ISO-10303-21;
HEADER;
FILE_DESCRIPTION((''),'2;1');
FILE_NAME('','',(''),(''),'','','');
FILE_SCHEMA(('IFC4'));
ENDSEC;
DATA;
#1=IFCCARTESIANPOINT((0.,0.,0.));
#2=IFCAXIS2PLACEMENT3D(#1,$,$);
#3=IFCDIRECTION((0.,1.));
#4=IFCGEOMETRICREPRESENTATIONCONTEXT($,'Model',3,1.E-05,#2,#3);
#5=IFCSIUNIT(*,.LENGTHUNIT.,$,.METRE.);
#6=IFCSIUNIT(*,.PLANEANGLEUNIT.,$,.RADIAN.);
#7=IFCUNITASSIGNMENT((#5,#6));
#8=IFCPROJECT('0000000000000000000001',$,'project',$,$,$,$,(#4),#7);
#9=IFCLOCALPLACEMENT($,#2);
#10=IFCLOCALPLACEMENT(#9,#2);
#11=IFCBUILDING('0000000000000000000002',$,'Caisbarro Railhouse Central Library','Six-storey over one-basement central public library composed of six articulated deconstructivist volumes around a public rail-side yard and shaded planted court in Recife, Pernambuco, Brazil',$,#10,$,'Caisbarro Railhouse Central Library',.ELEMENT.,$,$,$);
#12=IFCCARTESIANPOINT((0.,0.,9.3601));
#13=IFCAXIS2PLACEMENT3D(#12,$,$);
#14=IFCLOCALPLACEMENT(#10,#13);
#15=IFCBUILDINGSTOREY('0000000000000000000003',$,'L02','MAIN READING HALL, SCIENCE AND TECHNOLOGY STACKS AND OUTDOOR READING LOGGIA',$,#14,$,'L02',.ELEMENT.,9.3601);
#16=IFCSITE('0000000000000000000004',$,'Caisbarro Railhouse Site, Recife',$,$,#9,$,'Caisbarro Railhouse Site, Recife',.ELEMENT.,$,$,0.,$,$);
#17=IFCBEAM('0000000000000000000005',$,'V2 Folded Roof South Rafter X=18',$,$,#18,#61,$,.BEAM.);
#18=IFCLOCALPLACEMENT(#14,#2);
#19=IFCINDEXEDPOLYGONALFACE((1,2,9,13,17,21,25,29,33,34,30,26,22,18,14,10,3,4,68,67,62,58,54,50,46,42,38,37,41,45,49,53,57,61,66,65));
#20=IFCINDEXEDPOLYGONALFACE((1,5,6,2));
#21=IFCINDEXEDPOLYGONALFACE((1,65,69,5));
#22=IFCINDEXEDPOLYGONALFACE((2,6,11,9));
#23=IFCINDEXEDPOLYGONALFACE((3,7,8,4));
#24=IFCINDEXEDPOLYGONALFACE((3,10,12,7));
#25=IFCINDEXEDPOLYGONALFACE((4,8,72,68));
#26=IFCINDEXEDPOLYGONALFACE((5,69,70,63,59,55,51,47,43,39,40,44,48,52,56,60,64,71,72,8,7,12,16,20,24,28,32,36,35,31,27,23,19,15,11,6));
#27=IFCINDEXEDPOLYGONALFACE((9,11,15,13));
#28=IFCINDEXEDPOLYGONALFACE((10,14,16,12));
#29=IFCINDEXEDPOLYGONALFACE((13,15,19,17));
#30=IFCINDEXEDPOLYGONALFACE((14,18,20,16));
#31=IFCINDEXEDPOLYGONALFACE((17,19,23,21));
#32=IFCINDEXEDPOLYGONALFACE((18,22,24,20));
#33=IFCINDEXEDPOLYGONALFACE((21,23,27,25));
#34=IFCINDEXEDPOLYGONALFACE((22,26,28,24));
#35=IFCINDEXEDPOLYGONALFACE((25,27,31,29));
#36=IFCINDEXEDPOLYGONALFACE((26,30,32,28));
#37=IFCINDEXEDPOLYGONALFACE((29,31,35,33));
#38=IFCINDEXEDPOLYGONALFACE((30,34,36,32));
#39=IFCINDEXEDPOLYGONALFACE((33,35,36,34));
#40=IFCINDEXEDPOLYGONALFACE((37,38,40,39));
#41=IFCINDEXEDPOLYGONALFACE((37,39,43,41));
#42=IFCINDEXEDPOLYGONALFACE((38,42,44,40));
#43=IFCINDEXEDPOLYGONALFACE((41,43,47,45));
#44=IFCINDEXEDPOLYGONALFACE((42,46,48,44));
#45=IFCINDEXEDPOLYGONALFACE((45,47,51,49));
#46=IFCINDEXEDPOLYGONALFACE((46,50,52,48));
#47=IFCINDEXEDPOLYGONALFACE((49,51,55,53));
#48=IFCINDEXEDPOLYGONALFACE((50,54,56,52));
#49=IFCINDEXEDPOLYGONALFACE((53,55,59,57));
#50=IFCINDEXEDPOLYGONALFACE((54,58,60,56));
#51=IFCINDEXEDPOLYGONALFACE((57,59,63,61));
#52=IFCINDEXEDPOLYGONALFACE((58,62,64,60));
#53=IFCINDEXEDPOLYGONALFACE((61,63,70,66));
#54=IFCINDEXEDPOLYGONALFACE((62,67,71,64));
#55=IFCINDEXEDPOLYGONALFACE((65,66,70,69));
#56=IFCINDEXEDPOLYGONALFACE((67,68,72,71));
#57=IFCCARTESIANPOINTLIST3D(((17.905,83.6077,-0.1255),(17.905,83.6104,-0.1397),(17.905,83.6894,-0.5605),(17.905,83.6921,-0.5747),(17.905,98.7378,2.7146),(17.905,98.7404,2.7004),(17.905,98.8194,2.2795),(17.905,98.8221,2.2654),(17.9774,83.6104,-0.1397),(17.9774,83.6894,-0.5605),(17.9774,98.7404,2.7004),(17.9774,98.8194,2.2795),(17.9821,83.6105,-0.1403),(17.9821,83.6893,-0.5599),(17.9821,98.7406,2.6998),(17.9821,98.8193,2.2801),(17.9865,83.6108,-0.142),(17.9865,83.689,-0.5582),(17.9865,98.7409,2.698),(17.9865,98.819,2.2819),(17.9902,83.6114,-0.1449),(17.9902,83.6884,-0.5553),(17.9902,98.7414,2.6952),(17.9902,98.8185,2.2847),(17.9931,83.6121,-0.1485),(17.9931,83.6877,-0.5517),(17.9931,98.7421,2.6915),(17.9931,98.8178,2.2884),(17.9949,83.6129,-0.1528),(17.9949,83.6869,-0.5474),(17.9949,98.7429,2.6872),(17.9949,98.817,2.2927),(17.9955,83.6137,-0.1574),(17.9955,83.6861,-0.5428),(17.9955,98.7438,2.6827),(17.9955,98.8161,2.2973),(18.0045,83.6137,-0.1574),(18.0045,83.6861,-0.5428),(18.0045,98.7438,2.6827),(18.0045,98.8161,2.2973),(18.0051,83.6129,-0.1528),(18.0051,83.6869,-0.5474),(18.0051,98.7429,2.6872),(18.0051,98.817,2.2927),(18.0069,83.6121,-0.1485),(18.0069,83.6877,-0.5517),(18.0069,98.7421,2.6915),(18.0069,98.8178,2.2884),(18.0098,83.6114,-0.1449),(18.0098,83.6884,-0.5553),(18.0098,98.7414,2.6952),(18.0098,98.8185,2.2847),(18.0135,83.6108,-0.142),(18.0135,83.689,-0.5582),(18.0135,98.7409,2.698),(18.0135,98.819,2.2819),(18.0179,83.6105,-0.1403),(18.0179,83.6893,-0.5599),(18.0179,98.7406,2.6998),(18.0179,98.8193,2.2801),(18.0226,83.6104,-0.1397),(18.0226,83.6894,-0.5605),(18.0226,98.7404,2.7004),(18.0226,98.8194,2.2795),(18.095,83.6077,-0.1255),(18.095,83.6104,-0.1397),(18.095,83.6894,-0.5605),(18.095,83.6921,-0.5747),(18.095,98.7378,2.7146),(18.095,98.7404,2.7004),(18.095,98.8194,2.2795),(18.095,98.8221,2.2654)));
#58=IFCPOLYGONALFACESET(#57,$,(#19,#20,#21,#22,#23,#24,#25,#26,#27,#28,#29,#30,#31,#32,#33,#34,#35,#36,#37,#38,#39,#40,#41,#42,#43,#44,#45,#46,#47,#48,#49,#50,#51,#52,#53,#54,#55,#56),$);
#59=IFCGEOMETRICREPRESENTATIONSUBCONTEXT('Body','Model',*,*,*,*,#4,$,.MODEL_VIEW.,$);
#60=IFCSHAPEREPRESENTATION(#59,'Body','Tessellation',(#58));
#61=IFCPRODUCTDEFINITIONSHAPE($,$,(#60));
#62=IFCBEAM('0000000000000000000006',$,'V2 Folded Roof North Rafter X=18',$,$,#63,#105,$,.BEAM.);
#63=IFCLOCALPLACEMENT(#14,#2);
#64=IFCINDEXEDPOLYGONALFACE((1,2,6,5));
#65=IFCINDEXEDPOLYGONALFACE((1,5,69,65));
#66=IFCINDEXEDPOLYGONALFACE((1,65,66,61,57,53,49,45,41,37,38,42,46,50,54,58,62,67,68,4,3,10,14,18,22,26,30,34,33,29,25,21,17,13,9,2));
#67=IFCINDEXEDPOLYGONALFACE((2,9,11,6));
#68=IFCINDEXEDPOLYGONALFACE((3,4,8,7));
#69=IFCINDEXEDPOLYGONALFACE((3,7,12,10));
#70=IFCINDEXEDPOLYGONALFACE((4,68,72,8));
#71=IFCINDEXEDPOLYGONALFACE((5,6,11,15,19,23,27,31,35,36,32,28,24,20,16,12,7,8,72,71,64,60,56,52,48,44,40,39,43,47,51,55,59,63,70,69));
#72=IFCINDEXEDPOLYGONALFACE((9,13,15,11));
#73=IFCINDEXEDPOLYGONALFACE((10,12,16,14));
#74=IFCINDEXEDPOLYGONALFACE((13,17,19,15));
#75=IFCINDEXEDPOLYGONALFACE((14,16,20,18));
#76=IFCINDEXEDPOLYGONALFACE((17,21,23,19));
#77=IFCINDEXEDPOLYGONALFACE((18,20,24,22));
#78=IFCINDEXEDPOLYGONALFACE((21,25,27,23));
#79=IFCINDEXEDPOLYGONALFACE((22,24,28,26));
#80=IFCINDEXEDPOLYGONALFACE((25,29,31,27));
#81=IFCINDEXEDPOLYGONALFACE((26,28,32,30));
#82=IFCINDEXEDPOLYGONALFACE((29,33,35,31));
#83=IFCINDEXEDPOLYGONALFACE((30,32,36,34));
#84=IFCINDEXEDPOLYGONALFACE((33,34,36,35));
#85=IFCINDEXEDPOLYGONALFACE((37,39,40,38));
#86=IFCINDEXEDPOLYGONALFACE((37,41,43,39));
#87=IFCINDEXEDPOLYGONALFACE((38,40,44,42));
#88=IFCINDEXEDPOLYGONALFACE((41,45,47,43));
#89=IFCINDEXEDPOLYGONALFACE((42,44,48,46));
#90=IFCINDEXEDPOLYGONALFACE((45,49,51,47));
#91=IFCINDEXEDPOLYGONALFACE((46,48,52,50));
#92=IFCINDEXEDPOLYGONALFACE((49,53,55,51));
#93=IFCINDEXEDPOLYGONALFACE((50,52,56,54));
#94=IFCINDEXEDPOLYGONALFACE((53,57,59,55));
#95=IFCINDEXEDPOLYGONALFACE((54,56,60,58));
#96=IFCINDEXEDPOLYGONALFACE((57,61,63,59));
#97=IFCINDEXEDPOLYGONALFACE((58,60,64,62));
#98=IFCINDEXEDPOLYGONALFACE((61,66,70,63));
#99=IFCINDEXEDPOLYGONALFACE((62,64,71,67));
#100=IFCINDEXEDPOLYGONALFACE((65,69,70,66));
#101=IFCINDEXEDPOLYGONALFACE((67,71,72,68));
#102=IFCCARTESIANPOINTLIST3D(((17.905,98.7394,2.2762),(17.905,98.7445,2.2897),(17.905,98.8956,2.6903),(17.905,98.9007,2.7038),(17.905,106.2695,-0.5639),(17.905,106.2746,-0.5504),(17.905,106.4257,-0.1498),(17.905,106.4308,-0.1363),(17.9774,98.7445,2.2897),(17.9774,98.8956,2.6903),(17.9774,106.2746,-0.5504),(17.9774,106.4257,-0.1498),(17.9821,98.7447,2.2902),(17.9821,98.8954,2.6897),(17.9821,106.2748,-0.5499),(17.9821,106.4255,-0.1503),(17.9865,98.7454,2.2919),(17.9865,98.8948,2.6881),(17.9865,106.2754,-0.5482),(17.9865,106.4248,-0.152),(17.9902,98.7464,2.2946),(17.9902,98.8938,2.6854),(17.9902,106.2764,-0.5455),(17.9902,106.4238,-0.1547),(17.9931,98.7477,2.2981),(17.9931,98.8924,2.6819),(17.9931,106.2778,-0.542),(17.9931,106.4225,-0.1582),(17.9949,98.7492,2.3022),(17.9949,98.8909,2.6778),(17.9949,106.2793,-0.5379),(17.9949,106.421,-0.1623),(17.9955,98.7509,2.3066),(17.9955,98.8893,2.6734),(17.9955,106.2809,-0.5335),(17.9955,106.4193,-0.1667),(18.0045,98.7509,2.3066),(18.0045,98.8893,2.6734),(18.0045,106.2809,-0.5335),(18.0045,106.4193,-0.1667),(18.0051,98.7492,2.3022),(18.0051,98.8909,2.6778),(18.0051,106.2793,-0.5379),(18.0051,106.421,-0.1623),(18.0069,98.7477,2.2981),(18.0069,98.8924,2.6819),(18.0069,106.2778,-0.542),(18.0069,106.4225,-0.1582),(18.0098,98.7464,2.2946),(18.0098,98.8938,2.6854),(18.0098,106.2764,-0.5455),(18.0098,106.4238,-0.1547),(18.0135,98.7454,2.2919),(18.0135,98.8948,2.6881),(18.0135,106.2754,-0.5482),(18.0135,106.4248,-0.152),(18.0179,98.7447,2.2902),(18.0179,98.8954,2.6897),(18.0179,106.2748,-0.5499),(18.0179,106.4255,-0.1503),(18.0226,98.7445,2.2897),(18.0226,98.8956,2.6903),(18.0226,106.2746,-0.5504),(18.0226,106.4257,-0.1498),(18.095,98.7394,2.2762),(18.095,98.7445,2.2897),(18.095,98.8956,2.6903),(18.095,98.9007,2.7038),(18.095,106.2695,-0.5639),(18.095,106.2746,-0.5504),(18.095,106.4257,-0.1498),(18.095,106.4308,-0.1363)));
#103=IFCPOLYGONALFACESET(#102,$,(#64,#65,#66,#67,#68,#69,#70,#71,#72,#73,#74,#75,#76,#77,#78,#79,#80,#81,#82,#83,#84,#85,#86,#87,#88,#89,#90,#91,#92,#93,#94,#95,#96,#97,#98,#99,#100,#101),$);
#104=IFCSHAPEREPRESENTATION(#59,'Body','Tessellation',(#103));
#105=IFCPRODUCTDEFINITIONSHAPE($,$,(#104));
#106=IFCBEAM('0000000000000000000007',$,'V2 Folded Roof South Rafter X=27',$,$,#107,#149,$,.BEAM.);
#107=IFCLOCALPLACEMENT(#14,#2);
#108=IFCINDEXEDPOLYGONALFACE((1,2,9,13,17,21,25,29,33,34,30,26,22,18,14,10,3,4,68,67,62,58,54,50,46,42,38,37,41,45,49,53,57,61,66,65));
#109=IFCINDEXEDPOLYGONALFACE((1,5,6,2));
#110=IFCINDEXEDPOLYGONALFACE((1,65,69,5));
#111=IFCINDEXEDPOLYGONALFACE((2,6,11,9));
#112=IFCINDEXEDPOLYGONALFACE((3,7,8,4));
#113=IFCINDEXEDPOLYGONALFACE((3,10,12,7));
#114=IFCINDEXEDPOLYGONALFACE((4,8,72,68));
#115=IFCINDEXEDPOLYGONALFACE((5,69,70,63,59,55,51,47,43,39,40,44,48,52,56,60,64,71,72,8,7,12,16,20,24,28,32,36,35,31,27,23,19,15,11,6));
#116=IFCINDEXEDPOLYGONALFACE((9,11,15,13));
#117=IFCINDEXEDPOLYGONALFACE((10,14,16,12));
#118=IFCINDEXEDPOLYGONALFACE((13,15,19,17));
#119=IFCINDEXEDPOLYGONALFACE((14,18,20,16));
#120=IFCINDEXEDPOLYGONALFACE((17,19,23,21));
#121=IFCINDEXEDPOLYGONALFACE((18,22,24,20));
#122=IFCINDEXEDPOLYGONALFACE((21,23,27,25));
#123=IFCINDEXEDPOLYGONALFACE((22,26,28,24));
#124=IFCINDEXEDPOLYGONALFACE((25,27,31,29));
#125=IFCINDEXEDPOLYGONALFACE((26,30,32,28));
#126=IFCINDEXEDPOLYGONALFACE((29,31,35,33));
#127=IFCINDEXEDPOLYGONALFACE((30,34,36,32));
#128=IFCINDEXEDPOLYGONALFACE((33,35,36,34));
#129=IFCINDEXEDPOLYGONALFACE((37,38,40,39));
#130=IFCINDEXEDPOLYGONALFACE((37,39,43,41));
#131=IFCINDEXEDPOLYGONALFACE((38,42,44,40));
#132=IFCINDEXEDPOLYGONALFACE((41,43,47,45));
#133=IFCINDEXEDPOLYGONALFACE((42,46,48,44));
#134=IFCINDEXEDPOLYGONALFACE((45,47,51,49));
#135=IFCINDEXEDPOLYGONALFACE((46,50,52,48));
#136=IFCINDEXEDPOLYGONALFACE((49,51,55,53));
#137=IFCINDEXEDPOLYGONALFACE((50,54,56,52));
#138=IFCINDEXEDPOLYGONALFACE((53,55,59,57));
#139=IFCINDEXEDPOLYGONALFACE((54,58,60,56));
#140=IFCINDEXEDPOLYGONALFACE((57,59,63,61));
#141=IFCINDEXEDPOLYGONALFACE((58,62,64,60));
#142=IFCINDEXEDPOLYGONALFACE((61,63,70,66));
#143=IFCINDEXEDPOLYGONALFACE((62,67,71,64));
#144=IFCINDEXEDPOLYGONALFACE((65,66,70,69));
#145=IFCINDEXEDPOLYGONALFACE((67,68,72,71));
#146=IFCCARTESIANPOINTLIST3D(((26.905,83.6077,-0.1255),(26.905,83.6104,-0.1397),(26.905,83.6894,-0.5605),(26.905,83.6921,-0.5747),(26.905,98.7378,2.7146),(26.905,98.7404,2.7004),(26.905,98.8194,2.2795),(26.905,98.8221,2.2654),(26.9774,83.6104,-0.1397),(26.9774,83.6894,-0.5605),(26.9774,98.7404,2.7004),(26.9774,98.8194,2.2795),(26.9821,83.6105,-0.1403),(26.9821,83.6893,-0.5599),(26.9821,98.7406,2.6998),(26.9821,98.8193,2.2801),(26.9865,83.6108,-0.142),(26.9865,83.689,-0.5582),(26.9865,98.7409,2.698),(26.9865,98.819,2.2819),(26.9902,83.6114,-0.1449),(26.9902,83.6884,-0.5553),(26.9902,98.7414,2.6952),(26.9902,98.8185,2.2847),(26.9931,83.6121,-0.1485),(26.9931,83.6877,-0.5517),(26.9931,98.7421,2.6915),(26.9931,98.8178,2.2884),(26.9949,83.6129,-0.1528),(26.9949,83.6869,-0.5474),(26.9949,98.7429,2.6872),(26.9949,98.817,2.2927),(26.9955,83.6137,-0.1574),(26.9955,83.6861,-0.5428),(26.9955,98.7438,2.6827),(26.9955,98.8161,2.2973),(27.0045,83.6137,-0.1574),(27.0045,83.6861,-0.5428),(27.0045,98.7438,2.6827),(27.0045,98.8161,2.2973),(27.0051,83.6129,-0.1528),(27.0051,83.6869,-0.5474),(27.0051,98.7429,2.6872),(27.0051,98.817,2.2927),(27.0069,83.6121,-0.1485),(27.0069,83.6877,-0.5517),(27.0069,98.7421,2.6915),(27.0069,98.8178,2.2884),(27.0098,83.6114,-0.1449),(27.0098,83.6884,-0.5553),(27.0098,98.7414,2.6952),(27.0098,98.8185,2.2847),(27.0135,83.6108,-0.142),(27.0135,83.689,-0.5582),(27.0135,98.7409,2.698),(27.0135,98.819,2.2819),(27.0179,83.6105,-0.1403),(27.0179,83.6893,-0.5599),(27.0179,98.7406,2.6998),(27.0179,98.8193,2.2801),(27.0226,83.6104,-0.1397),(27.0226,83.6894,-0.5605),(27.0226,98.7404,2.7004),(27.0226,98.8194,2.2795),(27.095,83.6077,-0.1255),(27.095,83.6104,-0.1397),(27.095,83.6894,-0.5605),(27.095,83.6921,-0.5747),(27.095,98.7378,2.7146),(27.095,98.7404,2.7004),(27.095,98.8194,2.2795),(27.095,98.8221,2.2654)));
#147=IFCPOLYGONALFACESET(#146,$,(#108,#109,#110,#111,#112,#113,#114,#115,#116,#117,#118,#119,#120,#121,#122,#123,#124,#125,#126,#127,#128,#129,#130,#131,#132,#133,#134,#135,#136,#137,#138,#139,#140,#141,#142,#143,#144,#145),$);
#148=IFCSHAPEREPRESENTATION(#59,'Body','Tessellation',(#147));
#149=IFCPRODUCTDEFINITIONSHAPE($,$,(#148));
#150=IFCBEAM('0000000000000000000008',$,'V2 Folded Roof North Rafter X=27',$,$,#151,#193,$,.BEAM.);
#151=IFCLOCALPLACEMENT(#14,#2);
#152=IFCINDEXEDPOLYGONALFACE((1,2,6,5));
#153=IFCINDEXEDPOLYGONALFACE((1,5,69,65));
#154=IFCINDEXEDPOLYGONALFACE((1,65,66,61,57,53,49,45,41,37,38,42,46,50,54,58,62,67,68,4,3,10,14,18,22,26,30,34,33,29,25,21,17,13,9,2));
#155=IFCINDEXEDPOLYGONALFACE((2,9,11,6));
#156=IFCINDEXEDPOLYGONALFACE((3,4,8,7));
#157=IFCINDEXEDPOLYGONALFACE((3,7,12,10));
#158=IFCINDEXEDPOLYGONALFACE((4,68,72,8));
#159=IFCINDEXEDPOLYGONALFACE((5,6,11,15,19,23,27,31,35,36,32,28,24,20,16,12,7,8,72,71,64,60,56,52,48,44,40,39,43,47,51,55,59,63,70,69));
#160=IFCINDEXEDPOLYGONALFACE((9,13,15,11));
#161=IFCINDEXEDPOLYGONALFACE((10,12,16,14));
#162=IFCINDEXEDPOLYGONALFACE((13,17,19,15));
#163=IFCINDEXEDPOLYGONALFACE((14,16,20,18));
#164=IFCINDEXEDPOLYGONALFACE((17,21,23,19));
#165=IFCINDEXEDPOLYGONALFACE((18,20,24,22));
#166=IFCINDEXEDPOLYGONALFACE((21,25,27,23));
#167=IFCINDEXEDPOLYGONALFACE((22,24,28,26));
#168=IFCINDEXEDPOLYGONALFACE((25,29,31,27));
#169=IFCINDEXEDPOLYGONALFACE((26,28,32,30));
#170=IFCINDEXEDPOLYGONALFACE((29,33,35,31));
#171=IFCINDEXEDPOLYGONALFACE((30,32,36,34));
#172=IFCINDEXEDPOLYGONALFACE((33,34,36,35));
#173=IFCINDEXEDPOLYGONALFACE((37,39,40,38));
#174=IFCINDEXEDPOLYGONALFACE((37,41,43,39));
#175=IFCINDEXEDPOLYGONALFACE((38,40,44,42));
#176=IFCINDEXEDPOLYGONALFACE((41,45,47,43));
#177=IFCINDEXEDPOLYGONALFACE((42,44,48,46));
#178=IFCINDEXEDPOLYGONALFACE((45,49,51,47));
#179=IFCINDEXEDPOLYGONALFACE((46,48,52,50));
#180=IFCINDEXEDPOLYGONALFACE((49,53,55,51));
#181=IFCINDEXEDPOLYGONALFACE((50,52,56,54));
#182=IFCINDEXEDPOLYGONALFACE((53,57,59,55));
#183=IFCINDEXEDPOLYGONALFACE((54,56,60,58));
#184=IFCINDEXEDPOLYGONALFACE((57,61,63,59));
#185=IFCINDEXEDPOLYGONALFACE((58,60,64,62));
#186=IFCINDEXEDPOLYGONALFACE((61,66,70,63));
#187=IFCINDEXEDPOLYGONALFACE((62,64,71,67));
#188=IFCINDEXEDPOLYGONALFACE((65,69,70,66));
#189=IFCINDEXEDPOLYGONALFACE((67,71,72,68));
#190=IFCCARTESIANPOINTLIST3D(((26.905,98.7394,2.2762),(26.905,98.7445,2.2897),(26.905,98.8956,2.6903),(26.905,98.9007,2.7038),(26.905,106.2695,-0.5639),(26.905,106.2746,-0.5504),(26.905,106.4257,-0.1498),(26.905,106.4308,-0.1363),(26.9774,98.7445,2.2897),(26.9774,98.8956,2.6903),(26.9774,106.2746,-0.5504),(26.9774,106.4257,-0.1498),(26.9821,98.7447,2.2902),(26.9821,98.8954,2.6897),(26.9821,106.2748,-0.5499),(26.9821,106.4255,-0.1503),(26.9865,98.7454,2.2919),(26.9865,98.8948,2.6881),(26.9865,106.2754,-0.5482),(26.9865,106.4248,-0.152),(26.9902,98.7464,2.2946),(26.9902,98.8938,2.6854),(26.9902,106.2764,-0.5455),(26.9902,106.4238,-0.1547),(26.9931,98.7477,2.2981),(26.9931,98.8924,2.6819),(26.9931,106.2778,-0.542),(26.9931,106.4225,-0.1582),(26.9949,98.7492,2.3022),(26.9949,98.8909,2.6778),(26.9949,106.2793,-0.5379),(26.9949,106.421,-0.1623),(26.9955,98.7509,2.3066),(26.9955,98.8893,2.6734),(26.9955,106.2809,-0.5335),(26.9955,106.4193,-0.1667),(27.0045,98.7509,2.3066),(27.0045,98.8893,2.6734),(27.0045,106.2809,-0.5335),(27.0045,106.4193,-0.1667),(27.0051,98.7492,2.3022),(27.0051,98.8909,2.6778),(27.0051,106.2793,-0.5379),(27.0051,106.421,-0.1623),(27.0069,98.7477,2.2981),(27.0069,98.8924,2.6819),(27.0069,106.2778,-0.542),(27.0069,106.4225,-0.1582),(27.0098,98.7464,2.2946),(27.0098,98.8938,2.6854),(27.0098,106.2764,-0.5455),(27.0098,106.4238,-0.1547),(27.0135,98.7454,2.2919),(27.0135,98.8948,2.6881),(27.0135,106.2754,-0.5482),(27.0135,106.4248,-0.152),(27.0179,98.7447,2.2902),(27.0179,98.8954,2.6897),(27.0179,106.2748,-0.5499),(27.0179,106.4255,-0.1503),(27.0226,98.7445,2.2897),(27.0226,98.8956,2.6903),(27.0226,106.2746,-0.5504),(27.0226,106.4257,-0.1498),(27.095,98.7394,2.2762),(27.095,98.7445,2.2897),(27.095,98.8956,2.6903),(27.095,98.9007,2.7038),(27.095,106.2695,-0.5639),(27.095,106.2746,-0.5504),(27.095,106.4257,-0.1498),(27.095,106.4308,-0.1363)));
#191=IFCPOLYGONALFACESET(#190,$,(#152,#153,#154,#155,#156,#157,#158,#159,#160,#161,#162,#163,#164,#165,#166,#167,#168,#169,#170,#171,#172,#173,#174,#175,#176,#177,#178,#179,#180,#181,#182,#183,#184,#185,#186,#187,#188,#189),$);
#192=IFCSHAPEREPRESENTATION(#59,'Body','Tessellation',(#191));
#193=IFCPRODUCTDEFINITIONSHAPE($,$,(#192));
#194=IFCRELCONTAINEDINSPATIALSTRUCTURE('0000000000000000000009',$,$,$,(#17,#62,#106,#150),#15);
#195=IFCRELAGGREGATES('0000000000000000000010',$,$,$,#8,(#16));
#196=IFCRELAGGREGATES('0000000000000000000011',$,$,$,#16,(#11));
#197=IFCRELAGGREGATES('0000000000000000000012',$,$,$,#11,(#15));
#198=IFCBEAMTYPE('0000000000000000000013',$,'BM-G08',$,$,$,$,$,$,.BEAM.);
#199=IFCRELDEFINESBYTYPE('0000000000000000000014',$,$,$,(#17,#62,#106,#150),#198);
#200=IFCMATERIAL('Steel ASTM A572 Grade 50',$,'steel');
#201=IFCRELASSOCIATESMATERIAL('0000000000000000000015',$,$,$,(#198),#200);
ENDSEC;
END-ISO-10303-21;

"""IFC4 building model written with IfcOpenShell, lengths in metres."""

from ifc_helpers import new_model, si_unit, direction, frame, origin, origin_2d, place, context, subcontext, project, spatial, i_section, extrude, material, material_profile, profile_set, type_object, element, save


model = new_model("IFC4")

# Units and contexts
model_context = context("Model", 3, precision=1e-05, world=origin(), true_north=direction((0.0, 1.0)))
body_context = subcontext(model_context, "Body", "Model", "MODEL_VIEW")
ifc_project = project(units=[si_unit("LENGTHUNIT", "METRE"), si_unit("PLANEANGLEUNIT", "RADIAN")], contexts=[model_context])

# Site, building, storey
site_placement = place(None, origin())
site = spatial("IfcSite", under=ifc_project, at=site_placement, Name="Caisbarro Railhouse Site, Recife", LongName="Caisbarro Railhouse Site, Recife", CompositionType="ELEMENT", RefElevation=0.0)
building_placement = place(site_placement, origin())
building = spatial("IfcBuilding", under=site, at=building_placement, Name="Caisbarro Railhouse Central Library", Description="Six-storey over one-basement central public library composed of six articulated deconstructivist volumes around a public rail-side yard and shaded planted court in Recife, Pernambuco, Brazil", LongName="Caisbarro Railhouse Central Library", CompositionType="ELEMENT")
storey_placement = place(building_placement, frame((0.0, 0.0, 9.3601)))
storey = spatial("IfcBuildingStorey", under=building, at=storey_placement, Name="L02", Description="MAIN READING HALL, SCIENCE AND TECHNOLOGY STACKS AND OUTDOOR READING LOGGIA", LongName="L02", CompositionType="ELEMENT", Elevation=9.3601)

# Beams
ifc_material_1 = material(Name="Steel ASTM A572 Grade 50", Category="steel")
ifc_material_profile_1 = material_profile(ifc_material_1, i_section(OverallWidth=0.1899, OverallDepth=0.457, WebThickness=0.009, FlangeThickness=0.0144, FilletRadius=0.0181, at=origin_2d()), Name="W460X74.0")
ifc_profile_set_1 = profile_set([ifc_material_profile_1], Name="Steel ASTM A572 Grade 50")
beam_type = type_object("IfcBeamType", Name="BM-G08", PredefinedType="BEAM", material=ifc_profile_set_1)
beam_1_placement = place(storey_placement, frame((18.0, 83.6499, -0.3501), z_axis=(0.0, 0.982835, 0.184489), x_axis=(-1.0, 0.0, 0.0)))
element("IfcBeam", 1, at=beam_1_placement, inside=storey, type_object=beam_type, Name="V2 Folded Roof South Rafter X=18", PredefinedType="BEAM", context=body_context, shape_type="SweptSolid", body=[
    extrude(i_section(OverallWidth=0.1899, OverallDepth=0.457, WebThickness=0.009, FlangeThickness=0.0144, FilletRadius=0.0181, at=origin_2d()), origin(), (0.0, 0.0, 1.0), 15.3943),
])
beam_2_placement = place(storey_placement, frame((18.0, 98.8201, 2.49), z_axis=(0.0, 0.935661, -0.352901), x_axis=(-1.0, 0.0, 0.0)))
element("IfcBeam", 2, at=beam_2_placement, inside=storey, type_object=beam_type, Name="V2 Folded Roof North Rafter X=18", PredefinedType="BEAM", context=body_context, shape_type="SweptSolid", body=[
    extrude(i_section(OverallWidth=0.1899, OverallDepth=0.457, WebThickness=0.009, FlangeThickness=0.0144, FilletRadius=0.0181, at=origin_2d()), origin(), (0.0, 0.0, 1.0), 8.0479),
])
beam_3_placement = place(storey_placement, frame((27.0, 83.6499, -0.3501), z_axis=(0.0, 0.982835, 0.184489), x_axis=(-1.0, 0.0, 0.0)))
element("IfcBeam", 3, at=beam_3_placement, inside=storey, type_object=beam_type, Name="V2 Folded Roof South Rafter X=27", PredefinedType="BEAM", context=body_context, shape_type="SweptSolid", body=[
    extrude(i_section(OverallWidth=0.1899, OverallDepth=0.457, WebThickness=0.009, FlangeThickness=0.0144, FilletRadius=0.0181, at=origin_2d()), origin(), (0.0, 0.0, 1.0), 15.3943),
])
beam_4_placement = place(storey_placement, frame((27.0, 98.8201, 2.49), z_axis=(0.0, 0.935661, -0.352901), x_axis=(-1.0, 0.0, 0.0)))
element("IfcBeam", 4, at=beam_4_placement, inside=storey, type_object=beam_type, Name="V2 Folded Roof North Rafter X=27", PredefinedType="BEAM", context=body_context, shape_type="SweptSolid", body=[
    extrude(i_section(OverallWidth=0.1899, OverallDepth=0.457, WebThickness=0.009, FlangeThickness=0.0144, FilletRadius=0.0181, at=origin_2d()), origin(), (0.0, 0.0, 1.0), 8.0479),
])

save(model, "model.ifc")
